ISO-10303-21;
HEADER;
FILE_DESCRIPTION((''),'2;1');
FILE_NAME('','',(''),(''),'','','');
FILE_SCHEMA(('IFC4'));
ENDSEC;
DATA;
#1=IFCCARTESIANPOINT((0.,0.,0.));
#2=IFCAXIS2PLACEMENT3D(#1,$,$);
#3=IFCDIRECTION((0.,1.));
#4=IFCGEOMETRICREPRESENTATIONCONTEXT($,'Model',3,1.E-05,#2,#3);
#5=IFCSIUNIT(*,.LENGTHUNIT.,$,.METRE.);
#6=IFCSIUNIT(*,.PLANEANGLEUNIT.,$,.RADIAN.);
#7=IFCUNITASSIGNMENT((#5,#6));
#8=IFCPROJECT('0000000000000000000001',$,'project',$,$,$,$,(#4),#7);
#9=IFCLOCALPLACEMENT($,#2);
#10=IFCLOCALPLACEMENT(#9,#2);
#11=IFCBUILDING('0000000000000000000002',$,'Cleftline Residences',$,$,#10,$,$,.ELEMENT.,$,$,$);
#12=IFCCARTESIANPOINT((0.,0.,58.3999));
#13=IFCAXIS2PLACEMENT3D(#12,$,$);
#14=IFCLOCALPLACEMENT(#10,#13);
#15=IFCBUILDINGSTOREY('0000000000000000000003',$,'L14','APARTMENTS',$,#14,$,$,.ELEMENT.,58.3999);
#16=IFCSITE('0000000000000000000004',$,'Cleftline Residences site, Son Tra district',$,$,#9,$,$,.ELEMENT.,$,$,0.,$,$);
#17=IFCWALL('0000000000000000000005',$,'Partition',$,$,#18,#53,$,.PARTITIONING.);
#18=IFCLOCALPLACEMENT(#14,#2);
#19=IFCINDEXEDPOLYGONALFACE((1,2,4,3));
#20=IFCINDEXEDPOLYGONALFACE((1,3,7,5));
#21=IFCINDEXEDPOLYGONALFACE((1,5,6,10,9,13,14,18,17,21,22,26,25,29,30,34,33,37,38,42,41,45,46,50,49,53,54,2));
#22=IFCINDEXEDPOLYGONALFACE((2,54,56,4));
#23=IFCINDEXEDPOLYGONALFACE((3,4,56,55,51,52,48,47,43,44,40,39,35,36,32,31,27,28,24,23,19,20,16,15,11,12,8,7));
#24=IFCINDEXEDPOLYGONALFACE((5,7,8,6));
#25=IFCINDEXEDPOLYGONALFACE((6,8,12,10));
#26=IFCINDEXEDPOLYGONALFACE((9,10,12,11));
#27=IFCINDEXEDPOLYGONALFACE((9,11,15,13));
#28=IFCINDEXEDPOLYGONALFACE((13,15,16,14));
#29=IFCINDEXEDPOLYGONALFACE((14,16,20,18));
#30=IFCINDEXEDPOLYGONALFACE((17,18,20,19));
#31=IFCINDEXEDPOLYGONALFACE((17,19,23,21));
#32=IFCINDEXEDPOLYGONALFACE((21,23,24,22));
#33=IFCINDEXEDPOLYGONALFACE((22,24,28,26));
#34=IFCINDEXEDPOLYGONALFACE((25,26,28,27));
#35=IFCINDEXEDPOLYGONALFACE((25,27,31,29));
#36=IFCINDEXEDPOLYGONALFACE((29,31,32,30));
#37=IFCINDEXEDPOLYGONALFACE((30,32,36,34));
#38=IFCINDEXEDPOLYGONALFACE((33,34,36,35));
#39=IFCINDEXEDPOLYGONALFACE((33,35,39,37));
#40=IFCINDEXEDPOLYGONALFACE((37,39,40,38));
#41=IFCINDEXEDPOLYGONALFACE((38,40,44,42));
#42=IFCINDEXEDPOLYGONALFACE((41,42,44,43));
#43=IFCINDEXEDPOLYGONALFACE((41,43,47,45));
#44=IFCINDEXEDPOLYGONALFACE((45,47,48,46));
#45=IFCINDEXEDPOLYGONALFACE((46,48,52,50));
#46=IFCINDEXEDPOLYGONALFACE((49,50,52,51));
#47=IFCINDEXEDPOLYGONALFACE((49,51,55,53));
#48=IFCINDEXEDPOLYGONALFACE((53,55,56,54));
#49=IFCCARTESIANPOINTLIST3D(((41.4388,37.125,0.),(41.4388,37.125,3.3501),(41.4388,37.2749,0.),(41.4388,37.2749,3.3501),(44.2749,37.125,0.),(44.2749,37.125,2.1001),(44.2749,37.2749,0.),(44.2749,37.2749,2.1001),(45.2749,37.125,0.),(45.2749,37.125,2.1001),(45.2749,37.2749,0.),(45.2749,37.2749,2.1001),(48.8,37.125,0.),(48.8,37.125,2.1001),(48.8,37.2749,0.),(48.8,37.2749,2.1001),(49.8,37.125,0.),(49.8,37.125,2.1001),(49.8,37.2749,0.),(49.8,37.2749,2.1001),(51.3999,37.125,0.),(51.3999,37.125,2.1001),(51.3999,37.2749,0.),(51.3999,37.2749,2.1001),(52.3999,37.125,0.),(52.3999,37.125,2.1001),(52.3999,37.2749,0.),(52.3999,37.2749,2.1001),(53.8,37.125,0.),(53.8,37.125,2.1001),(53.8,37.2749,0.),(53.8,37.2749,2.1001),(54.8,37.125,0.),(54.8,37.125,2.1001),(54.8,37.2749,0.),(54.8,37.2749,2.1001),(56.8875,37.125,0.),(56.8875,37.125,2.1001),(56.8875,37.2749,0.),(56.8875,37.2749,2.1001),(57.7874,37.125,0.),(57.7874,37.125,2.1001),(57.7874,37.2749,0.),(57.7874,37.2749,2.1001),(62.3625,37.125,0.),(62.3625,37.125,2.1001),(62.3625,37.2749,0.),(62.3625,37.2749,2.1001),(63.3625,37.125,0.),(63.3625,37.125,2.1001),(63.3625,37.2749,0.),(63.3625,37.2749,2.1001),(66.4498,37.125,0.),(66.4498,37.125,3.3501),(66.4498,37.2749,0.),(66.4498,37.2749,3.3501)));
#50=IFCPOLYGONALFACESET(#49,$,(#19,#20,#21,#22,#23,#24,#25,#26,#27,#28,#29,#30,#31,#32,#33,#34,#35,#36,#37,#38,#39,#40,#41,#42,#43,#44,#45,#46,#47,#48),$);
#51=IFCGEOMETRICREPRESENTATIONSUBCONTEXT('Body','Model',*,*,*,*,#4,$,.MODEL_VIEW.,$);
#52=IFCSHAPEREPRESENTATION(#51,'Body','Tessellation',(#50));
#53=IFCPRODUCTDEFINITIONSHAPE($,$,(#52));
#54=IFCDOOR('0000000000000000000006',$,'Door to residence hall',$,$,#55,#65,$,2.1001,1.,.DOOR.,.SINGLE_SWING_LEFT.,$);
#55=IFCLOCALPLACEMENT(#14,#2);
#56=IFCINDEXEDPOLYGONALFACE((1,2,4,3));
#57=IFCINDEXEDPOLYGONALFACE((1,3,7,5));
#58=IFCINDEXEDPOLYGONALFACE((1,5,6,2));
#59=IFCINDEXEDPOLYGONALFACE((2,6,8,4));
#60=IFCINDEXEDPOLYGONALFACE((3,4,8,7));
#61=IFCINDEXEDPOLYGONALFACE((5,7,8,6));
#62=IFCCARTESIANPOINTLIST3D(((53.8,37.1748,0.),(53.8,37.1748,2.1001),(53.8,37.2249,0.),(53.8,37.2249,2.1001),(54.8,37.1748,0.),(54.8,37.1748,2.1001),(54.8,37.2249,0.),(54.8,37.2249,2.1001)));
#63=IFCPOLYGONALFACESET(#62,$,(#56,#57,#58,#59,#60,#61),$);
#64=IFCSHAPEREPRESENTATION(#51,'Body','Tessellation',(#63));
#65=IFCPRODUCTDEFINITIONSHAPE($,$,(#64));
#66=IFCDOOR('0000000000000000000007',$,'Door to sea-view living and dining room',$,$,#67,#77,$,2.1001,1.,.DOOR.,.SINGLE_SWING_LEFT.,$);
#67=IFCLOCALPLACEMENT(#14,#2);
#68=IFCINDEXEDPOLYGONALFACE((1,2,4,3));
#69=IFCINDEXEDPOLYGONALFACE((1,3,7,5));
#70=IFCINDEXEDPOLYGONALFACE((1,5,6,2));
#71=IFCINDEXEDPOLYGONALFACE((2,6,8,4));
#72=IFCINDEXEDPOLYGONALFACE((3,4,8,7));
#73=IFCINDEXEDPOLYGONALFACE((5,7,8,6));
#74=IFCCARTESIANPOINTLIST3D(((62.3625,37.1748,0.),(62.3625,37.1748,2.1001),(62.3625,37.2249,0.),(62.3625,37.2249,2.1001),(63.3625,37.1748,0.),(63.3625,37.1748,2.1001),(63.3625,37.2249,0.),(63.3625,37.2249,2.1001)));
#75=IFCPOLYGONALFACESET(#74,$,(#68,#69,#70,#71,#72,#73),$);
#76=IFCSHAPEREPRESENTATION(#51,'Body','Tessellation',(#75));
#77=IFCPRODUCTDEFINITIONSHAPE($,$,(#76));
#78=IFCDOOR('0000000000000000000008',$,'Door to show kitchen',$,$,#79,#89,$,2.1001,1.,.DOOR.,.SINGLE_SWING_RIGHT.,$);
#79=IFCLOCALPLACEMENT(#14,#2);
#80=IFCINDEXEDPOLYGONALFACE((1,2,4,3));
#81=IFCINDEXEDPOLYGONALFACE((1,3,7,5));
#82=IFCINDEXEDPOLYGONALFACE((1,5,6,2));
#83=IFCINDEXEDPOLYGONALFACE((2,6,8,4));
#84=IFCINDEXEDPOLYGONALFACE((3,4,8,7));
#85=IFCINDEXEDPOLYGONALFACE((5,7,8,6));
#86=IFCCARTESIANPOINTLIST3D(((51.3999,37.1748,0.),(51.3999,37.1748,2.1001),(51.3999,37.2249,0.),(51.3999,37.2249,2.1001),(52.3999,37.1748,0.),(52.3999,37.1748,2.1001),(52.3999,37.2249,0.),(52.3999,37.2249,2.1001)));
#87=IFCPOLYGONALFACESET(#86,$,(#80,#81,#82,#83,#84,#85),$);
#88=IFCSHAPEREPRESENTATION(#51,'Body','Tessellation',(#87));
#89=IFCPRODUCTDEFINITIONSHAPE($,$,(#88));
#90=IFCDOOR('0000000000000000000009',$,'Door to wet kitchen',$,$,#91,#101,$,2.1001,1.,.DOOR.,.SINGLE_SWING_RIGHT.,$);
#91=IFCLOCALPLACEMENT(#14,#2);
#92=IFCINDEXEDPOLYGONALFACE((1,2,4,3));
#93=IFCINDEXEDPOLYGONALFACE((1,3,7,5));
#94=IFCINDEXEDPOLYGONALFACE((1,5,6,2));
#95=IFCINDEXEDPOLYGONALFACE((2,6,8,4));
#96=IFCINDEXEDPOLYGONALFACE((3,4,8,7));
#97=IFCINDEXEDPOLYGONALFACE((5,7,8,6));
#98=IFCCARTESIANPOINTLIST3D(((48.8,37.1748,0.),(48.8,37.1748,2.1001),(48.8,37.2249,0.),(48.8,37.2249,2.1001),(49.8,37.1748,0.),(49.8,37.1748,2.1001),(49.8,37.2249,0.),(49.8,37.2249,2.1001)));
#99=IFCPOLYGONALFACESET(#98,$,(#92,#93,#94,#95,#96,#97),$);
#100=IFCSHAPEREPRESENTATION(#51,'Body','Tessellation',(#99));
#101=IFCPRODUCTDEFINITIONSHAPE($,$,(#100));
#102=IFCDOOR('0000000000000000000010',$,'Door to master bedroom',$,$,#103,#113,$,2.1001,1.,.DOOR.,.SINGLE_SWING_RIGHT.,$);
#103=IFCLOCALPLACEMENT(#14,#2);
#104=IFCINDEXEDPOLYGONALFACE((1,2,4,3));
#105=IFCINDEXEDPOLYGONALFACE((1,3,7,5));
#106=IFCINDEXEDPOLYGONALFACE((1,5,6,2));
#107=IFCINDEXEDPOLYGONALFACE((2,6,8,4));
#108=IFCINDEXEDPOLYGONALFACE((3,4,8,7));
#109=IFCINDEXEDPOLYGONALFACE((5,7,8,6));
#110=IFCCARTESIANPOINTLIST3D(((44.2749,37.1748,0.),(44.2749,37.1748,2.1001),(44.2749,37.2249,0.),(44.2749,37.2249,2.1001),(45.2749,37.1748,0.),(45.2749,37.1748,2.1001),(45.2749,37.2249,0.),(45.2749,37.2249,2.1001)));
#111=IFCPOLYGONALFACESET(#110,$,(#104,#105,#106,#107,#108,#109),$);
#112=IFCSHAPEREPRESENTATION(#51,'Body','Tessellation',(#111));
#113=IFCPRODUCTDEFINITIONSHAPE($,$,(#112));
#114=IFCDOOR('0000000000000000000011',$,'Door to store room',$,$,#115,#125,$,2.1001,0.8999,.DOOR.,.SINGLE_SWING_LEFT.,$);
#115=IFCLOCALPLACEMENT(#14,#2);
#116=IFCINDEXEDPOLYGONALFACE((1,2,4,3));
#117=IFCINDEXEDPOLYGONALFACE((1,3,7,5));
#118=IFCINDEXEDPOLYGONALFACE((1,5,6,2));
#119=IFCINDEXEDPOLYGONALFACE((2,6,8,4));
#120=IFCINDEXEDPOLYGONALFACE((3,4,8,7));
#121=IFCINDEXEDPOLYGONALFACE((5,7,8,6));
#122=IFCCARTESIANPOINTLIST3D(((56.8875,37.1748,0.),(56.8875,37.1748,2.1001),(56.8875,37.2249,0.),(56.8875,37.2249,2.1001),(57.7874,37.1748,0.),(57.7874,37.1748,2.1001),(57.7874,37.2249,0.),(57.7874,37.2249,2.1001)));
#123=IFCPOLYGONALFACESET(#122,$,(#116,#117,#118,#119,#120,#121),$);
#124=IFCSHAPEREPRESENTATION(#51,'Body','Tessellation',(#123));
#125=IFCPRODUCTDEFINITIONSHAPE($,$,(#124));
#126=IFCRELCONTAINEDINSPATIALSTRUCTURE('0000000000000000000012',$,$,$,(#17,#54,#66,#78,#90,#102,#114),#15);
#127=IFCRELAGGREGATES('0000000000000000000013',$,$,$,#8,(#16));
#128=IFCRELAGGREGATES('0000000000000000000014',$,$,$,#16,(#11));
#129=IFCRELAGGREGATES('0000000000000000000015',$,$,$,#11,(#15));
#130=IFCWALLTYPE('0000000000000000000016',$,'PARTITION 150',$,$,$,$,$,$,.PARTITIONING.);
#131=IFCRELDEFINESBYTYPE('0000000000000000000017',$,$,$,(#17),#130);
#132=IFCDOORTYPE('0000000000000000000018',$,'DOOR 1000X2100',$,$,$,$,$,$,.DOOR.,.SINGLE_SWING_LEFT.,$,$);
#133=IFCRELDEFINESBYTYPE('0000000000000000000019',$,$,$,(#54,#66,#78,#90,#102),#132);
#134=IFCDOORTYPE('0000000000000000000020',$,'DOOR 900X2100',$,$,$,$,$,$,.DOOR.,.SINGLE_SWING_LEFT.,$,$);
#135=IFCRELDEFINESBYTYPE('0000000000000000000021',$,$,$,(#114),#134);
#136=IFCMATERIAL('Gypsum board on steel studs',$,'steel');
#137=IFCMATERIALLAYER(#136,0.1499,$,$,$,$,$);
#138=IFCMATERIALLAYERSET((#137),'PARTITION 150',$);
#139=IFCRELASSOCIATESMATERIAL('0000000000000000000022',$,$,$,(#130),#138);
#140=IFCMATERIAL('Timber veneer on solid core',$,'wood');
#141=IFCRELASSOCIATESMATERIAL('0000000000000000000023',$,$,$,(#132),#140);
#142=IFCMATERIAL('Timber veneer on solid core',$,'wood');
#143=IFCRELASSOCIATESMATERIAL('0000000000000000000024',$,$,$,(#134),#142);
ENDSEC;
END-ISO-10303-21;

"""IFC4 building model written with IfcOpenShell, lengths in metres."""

from ifc_helpers import new_model, si_unit, direction, frame, frame_2d, origin, place, context, subcontext, project, spatial, rectangle, extrude, material, layer, layer_set, type_object, element, fill, save


model = new_model("IFC4")

# Units and contexts
model_context = context("Model", 3, precision=1e-05, world=origin(), true_north=direction((0.0, 1.0)))
body_context = subcontext(model_context, "Body", "Model", "MODEL_VIEW")
ifc_project = project(units=[si_unit("LENGTHUNIT", "METRE"), si_unit("PLANEANGLEUNIT", "RADIAN")], contexts=[model_context])

# Site, building, storey
site_placement = place(None, origin())
site = spatial("IfcSite", under=ifc_project, at=site_placement, Name="Cleftline Residences site, Son Tra district", CompositionType="ELEMENT", RefElevation=0.0)
building_placement = place(site_placement, origin())
building = spatial("IfcBuilding", under=site, at=building_placement, Name="Cleftline Residences", CompositionType="ELEMENT")
storey_placement = place(building_placement, frame((0.0, 0.0, 58.3999)))
storey = spatial("IfcBuildingStorey", under=building, at=storey_placement, Name="L14", Description="APARTMENTS", CompositionType="ELEMENT", Elevation=58.3999)

# Wall, openings, doors
ifc_material_1 = material(Name="Gypsum board on steel studs", Category="steel")
ifc_layer_1 = layer(ifc_material_1, 0.1499)
ifc_layer_set_1 = layer_set([ifc_layer_1], Name="PARTITION 150")
wall_type = type_object("IfcWallType", Name="PARTITION 150", PredefinedType="PARTITIONING", material=ifc_layer_set_1)
wall_1_placement = place(storey_placement, frame((41.439, 37.2, 0.0), z_axis=(0.0, 0.0, 1.0), x_axis=(1.0, 0.0, 0.0)))
wall_1 = element("IfcWall", 1, at=wall_1_placement, inside=storey, type_object=wall_type, Name="Partition", PredefinedType="PARTITIONING", context=body_context, shape_type="SweptSolid", body=[
    extrude(rectangle(XDim=25.011, YDim=0.1499, at=frame_2d((12.5054, 0.0))), origin(), (0.0, 0.0, 1.0), 3.3501),
])
opening_1_placement = place(wall_1_placement, frame((12.3611, 0.0, 0.0)))
opening_1 = element("IfcOpeningElement", 2, at=opening_1_placement, cuts=wall_1, PredefinedType="OPENING", context=body_context, shape_type="SweptSolid", body=[
    extrude(rectangle(XDim=1.0, YDim=2.1001, at=frame_2d((0.5, 1.05))), frame((0.0, 0.085, 0.0), z_axis=(0.0, -1.0, 0.0), x_axis=(1.0, 0.0, 0.0)), (0.0, 0.0, 1.0), 0.1699),
])
opening_2_placement = place(wall_1_placement, frame((20.9236, 0.0, 0.0)))
opening_2 = element("IfcOpeningElement", 3, at=opening_2_placement, cuts=wall_1, PredefinedType="OPENING", context=body_context, shape_type="SweptSolid", body=[
    extrude(rectangle(XDim=1.0, YDim=2.1001, at=frame_2d((0.5, 1.05))), frame((0.0, 0.085, 0.0), z_axis=(0.0, -1.0, 0.0), x_axis=(1.0, 0.0, 0.0)), (0.0, 0.0, 1.0), 0.1699),
])
opening_3_placement = place(wall_1_placement, frame((15.4485, 0.0, 0.0)))
opening_3 = element("IfcOpeningElement", 4, at=opening_3_placement, cuts=wall_1, PredefinedType="OPENING", context=body_context, shape_type="SweptSolid", body=[
    extrude(rectangle(XDim=0.8999, YDim=2.1001, at=frame_2d((0.45, 1.05))), frame((0.0, 0.085, 0.0), z_axis=(0.0, -1.0, 0.0), x_axis=(1.0, 0.0, 0.0)), (0.0, 0.0, 1.0), 0.1699),
])
opening_4_placement = place(wall_1_placement, frame((9.9609, 0.0, 0.0)))
opening_4 = element("IfcOpeningElement", 5, at=opening_4_placement, cuts=wall_1, PredefinedType="OPENING", context=body_context, shape_type="SweptSolid", body=[
    extrude(rectangle(XDim=1.0, YDim=2.1001, at=frame_2d((0.5, 1.05))), frame((0.0, 0.085, 0.0), z_axis=(0.0, -1.0, 0.0), x_axis=(1.0, 0.0, 0.0)), (0.0, 0.0, 1.0), 0.1699),
])
opening_5_placement = place(wall_1_placement, frame((7.3611, 0.0, 0.0)))
opening_5 = element("IfcOpeningElement", 6, at=opening_5_placement, cuts=wall_1, PredefinedType="OPENING", context=body_context, shape_type="SweptSolid", body=[
    extrude(rectangle(XDim=1.0, YDim=2.1001, at=frame_2d((0.5, 1.05))), frame((0.0, 0.085, 0.0), z_axis=(0.0, -1.0, 0.0), x_axis=(1.0, 0.0, 0.0)), (0.0, 0.0, 1.0), 0.1699),
])
opening_6_placement = place(wall_1_placement, frame((2.8359, 0.0, 0.0)))
opening_6 = element("IfcOpeningElement", 7, at=opening_6_placement, cuts=wall_1, PredefinedType="OPENING", context=body_context, shape_type="SweptSolid", body=[
    extrude(rectangle(XDim=1.0, YDim=2.1001, at=frame_2d((0.5, 1.05))), frame((0.0, 0.085, 0.0), z_axis=(0.0, -1.0, 0.0), x_axis=(1.0, 0.0, 0.0)), (0.0, 0.0, 1.0), 0.1699),
])
ifc_material_2 = material(Name="Timber veneer on solid core", Category="wood")
door_type_1 = type_object("IfcDoorType", Name="DOOR 1000X2100", OperationType="SINGLE_SWING_LEFT", PredefinedType="DOOR", material=ifc_material_2)
door_1_placement = place(opening_1_placement, origin())
door_1 = element("IfcDoor", 8, at=door_1_placement, inside=storey, type_object=door_type_1, Name="Door to residence hall", OperationType="SINGLE_SWING_LEFT", OverallHeight=2.1001, OverallWidth=1.0, PredefinedType="DOOR", context=body_context, shape_type="SweptSolid", body=[
    extrude(rectangle(XDim=1.0, YDim=2.1001, at=frame_2d((0.5, 1.05))), frame((0.0, 0.0249, 0.0), z_axis=(0.0, -1.0, 0.0), x_axis=(1.0, 0.0, 0.0)), (0.0, 0.0, 1.0), 0.05),
])
fill(opening_1, door_1)
door_2_placement = place(opening_2_placement, origin())
door_2 = element("IfcDoor", 9, at=door_2_placement, inside=storey, type_object=door_type_1, Name="Door to sea-view living and dining room", OperationType="SINGLE_SWING_LEFT", OverallHeight=2.1001, OverallWidth=1.0, PredefinedType="DOOR", context=body_context, shape_type="SweptSolid", body=[
    extrude(rectangle(XDim=1.0, YDim=2.1001, at=frame_2d((0.5, 1.05))), frame((0.0, 0.0249, 0.0), z_axis=(0.0, -1.0, 0.0), x_axis=(1.0, 0.0, 0.0)), (0.0, 0.0, 1.0), 0.05),
])
fill(opening_2, door_2)
door_3_placement = place(opening_4_placement, origin())
door_3 = element("IfcDoor", 10, at=door_3_placement, inside=storey, type_object=door_type_1, Name="Door to show kitchen", OperationType="SINGLE_SWING_RIGHT", OverallHeight=2.1001, OverallWidth=1.0, PredefinedType="DOOR", context=body_context, shape_type="SweptSolid", body=[
    extrude(rectangle(XDim=1.0, YDim=2.1001, at=frame_2d((0.5, 1.05))), frame((0.0, 0.0249, 0.0), z_axis=(0.0, -1.0, 0.0), x_axis=(1.0, 0.0, 0.0)), (0.0, 0.0, 1.0), 0.05),
])
fill(opening_4, door_3)
door_4_placement = place(opening_5_placement, origin())
door_4 = element("IfcDoor", 11, at=door_4_placement, inside=storey, type_object=door_type_1, Name="Door to wet kitchen", OperationType="SINGLE_SWING_RIGHT", OverallHeight=2.1001, OverallWidth=1.0, PredefinedType="DOOR", context=body_context, shape_type="SweptSolid", body=[
    extrude(rectangle(XDim=1.0, YDim=2.1001, at=frame_2d((0.5, 1.05))), frame((0.0, 0.0249, 0.0), z_axis=(0.0, -1.0, 0.0), x_axis=(1.0, 0.0, 0.0)), (0.0, 0.0, 1.0), 0.05),
])
fill(opening_5, door_4)
door_5_placement = place(opening_6_placement, origin())
door_5 = element("IfcDoor", 12, at=door_5_placement, inside=storey, type_object=door_type_1, Name="Door to master bedroom", OperationType="SINGLE_SWING_RIGHT", OverallHeight=2.1001, OverallWidth=1.0, PredefinedType="DOOR", context=body_context, shape_type="SweptSolid", body=[
    extrude(rectangle(XDim=1.0, YDim=2.1001, at=frame_2d((0.5, 1.05))), frame((0.0, 0.0249, 0.0), z_axis=(0.0, -1.0, 0.0), x_axis=(1.0, 0.0, 0.0)), (0.0, 0.0, 1.0), 0.05),
])
fill(opening_6, door_5)
ifc_material_3 = material(Name="Timber veneer on solid core", Category="wood")
door_type_2 = type_object("IfcDoorType", Name="DOOR 900X2100", OperationType="SINGLE_SWING_LEFT", PredefinedType="DOOR", material=ifc_material_3)
door_6_placement = place(opening_3_placement, origin())
door_6 = element("IfcDoor", 13, at=door_6_placement, inside=storey, type_object=door_type_2, Name="Door to store room", OperationType="SINGLE_SWING_LEFT", OverallHeight=2.1001, OverallWidth=0.8999, PredefinedType="DOOR", context=body_context, shape_type="SweptSolid", body=[
    extrude(rectangle(XDim=0.8999, YDim=2.1001, at=frame_2d((0.45, 1.05))), frame((0.0, 0.0249, 0.0), z_axis=(0.0, -1.0, 0.0), x_axis=(1.0, 0.0, 0.0)), (0.0, 0.0, 1.0), 0.05),
])
fill(opening_3, door_6)

save(model, "model.ifc")
